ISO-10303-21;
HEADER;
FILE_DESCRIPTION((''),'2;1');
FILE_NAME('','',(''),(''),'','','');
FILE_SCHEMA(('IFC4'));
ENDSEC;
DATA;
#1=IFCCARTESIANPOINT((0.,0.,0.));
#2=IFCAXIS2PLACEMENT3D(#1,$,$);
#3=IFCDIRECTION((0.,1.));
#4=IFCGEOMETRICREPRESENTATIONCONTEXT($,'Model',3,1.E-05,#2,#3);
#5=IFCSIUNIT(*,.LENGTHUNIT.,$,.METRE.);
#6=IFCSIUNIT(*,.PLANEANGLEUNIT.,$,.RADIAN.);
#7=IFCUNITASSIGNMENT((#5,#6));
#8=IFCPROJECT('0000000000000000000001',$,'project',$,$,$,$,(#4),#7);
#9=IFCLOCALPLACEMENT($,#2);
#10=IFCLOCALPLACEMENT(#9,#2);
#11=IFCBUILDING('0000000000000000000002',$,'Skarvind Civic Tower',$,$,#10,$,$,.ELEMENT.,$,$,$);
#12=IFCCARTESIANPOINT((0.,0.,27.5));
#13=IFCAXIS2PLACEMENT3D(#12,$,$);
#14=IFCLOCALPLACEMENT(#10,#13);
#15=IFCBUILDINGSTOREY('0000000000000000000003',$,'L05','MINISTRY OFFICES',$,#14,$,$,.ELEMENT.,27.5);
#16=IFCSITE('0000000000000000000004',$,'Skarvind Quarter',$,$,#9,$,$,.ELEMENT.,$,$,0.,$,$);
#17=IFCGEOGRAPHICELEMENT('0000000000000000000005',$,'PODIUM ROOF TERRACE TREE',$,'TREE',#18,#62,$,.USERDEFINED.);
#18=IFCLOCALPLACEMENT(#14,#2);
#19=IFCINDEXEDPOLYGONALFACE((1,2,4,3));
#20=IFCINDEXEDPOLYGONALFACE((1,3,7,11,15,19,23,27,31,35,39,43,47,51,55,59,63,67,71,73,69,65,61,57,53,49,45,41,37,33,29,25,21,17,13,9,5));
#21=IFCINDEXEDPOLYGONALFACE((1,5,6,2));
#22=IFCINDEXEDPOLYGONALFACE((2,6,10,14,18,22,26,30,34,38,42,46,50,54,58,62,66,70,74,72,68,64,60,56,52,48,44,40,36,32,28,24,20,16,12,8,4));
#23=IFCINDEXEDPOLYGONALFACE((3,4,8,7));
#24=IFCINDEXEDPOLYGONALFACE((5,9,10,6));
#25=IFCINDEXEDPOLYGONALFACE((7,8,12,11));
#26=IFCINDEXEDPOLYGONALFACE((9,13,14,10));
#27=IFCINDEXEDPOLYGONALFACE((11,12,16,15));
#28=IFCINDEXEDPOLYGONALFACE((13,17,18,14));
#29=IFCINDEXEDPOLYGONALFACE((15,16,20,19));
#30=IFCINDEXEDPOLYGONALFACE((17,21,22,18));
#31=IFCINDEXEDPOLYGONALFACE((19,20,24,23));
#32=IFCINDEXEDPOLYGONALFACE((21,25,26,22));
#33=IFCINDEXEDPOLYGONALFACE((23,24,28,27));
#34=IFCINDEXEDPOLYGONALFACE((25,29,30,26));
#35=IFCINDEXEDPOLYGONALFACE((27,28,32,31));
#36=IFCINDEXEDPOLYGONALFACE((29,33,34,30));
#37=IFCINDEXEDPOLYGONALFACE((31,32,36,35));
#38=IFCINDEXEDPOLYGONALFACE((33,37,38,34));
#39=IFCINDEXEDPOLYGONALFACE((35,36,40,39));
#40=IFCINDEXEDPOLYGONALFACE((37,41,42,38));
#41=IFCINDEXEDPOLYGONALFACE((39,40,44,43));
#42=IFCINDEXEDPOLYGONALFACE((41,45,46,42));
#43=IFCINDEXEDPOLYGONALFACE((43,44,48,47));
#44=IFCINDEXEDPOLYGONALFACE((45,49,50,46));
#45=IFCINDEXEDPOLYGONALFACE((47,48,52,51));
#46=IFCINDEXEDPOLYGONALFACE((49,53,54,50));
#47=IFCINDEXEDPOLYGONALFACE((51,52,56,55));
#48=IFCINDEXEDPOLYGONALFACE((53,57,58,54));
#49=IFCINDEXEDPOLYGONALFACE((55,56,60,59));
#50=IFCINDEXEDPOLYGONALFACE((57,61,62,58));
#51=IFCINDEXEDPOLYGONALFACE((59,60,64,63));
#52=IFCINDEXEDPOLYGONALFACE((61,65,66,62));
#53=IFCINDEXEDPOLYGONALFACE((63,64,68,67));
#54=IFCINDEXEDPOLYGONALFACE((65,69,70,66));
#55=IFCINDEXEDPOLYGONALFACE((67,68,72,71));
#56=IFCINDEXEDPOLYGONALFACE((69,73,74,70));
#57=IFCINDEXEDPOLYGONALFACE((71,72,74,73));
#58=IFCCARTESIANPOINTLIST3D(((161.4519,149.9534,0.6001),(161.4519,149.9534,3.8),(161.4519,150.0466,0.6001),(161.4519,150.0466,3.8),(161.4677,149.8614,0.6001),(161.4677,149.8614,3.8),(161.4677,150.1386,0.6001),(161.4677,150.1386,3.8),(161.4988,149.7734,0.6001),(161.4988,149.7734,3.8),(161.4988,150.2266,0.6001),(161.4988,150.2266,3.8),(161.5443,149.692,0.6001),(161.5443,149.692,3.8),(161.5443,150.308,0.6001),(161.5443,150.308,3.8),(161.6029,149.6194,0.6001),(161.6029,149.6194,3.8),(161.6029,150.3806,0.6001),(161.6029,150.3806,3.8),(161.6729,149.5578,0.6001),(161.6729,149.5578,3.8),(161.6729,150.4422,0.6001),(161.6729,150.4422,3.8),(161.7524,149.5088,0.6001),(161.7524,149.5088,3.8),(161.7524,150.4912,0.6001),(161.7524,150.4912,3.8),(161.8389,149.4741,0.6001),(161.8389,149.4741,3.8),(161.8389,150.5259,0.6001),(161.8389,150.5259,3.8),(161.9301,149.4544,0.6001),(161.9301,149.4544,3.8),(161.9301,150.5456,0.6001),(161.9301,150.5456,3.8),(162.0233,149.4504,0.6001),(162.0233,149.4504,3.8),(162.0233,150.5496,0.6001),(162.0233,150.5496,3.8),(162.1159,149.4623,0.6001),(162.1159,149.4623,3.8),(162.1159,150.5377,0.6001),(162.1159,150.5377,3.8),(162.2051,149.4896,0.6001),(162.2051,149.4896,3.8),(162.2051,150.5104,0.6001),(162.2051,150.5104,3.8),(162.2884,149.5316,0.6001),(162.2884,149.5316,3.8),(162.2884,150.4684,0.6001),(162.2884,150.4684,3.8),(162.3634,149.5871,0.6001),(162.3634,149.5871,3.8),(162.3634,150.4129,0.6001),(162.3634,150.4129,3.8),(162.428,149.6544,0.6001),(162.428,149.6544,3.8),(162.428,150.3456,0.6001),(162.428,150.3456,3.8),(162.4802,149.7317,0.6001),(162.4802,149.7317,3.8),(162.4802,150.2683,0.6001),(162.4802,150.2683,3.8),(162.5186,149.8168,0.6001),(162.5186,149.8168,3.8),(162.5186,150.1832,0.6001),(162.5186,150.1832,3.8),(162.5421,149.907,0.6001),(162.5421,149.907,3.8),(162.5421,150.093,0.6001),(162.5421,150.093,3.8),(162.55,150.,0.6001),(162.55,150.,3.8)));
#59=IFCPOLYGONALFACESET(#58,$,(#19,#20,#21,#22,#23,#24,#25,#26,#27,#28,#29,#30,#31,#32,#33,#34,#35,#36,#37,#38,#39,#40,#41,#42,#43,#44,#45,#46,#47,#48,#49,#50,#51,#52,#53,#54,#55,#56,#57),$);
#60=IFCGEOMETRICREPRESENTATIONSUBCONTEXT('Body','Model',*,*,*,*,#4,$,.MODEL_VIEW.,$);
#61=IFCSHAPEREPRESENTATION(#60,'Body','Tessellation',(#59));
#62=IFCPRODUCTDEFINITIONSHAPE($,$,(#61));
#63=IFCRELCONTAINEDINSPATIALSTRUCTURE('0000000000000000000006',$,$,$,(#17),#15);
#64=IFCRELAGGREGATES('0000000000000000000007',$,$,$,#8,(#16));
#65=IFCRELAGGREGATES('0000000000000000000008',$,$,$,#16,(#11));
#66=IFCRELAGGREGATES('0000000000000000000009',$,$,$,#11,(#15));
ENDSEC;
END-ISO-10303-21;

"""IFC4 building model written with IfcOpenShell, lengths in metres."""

from ifc_helpers import new_model, si_unit, direction, frame, origin, origin_2d, place, context, subcontext, project, spatial, circle, extrude, element, save


model = new_model("IFC4")

# Units and contexts
model_context = context("Model", 3, precision=1e-05, world=origin(), true_north=direction((0.0, 1.0)))
body_context = subcontext(model_context, "Body", "Model", "MODEL_VIEW")
ifc_project = project(units=[si_unit("LENGTHUNIT", "METRE"), si_unit("PLANEANGLEUNIT", "RADIAN")], contexts=[model_context])

# Site, building, storey
site_placement = place(None, origin())
site = spatial("IfcSite", under=ifc_project, at=site_placement, Name="Skarvind Quarter", CompositionType="ELEMENT", RefElevation=0.0)
building_placement = place(site_placement, origin())
building = spatial("IfcBuilding", under=site, at=building_placement, Name="Skarvind Civic Tower", CompositionType="ELEMENT")
storey_placement = place(building_placement, frame((0.0, 0.0, 27.5)))
storey = spatial("IfcBuildingStorey", under=building, at=storey_placement, Name="L05", Description="MINISTRY OFFICES", CompositionType="ELEMENT", Elevation=27.5)

# Geographic element
for number, where, z_axis, x_axis, name in (
    (1, (162.0, 150.0, 0.6001), (0.0, 0.0, 1.0), (1.0, 0.0, 0.0), "PODIUM ROOF TERRACE TREE"),
):
    element("IfcGeographicElement", number, at=place(storey_placement, frame(where, z_axis=z_axis, x_axis=x_axis)), inside=storey, Name=name, ObjectType="TREE", PredefinedType="USERDEFINED", context=body_context, shape_type="SweptSolid", body=[
        extrude(circle(Radius=0.55, at=origin_2d()), origin(), (0.0, 0.0, 1.0), 3.2),
    ])

save(model, "model.ifc")
